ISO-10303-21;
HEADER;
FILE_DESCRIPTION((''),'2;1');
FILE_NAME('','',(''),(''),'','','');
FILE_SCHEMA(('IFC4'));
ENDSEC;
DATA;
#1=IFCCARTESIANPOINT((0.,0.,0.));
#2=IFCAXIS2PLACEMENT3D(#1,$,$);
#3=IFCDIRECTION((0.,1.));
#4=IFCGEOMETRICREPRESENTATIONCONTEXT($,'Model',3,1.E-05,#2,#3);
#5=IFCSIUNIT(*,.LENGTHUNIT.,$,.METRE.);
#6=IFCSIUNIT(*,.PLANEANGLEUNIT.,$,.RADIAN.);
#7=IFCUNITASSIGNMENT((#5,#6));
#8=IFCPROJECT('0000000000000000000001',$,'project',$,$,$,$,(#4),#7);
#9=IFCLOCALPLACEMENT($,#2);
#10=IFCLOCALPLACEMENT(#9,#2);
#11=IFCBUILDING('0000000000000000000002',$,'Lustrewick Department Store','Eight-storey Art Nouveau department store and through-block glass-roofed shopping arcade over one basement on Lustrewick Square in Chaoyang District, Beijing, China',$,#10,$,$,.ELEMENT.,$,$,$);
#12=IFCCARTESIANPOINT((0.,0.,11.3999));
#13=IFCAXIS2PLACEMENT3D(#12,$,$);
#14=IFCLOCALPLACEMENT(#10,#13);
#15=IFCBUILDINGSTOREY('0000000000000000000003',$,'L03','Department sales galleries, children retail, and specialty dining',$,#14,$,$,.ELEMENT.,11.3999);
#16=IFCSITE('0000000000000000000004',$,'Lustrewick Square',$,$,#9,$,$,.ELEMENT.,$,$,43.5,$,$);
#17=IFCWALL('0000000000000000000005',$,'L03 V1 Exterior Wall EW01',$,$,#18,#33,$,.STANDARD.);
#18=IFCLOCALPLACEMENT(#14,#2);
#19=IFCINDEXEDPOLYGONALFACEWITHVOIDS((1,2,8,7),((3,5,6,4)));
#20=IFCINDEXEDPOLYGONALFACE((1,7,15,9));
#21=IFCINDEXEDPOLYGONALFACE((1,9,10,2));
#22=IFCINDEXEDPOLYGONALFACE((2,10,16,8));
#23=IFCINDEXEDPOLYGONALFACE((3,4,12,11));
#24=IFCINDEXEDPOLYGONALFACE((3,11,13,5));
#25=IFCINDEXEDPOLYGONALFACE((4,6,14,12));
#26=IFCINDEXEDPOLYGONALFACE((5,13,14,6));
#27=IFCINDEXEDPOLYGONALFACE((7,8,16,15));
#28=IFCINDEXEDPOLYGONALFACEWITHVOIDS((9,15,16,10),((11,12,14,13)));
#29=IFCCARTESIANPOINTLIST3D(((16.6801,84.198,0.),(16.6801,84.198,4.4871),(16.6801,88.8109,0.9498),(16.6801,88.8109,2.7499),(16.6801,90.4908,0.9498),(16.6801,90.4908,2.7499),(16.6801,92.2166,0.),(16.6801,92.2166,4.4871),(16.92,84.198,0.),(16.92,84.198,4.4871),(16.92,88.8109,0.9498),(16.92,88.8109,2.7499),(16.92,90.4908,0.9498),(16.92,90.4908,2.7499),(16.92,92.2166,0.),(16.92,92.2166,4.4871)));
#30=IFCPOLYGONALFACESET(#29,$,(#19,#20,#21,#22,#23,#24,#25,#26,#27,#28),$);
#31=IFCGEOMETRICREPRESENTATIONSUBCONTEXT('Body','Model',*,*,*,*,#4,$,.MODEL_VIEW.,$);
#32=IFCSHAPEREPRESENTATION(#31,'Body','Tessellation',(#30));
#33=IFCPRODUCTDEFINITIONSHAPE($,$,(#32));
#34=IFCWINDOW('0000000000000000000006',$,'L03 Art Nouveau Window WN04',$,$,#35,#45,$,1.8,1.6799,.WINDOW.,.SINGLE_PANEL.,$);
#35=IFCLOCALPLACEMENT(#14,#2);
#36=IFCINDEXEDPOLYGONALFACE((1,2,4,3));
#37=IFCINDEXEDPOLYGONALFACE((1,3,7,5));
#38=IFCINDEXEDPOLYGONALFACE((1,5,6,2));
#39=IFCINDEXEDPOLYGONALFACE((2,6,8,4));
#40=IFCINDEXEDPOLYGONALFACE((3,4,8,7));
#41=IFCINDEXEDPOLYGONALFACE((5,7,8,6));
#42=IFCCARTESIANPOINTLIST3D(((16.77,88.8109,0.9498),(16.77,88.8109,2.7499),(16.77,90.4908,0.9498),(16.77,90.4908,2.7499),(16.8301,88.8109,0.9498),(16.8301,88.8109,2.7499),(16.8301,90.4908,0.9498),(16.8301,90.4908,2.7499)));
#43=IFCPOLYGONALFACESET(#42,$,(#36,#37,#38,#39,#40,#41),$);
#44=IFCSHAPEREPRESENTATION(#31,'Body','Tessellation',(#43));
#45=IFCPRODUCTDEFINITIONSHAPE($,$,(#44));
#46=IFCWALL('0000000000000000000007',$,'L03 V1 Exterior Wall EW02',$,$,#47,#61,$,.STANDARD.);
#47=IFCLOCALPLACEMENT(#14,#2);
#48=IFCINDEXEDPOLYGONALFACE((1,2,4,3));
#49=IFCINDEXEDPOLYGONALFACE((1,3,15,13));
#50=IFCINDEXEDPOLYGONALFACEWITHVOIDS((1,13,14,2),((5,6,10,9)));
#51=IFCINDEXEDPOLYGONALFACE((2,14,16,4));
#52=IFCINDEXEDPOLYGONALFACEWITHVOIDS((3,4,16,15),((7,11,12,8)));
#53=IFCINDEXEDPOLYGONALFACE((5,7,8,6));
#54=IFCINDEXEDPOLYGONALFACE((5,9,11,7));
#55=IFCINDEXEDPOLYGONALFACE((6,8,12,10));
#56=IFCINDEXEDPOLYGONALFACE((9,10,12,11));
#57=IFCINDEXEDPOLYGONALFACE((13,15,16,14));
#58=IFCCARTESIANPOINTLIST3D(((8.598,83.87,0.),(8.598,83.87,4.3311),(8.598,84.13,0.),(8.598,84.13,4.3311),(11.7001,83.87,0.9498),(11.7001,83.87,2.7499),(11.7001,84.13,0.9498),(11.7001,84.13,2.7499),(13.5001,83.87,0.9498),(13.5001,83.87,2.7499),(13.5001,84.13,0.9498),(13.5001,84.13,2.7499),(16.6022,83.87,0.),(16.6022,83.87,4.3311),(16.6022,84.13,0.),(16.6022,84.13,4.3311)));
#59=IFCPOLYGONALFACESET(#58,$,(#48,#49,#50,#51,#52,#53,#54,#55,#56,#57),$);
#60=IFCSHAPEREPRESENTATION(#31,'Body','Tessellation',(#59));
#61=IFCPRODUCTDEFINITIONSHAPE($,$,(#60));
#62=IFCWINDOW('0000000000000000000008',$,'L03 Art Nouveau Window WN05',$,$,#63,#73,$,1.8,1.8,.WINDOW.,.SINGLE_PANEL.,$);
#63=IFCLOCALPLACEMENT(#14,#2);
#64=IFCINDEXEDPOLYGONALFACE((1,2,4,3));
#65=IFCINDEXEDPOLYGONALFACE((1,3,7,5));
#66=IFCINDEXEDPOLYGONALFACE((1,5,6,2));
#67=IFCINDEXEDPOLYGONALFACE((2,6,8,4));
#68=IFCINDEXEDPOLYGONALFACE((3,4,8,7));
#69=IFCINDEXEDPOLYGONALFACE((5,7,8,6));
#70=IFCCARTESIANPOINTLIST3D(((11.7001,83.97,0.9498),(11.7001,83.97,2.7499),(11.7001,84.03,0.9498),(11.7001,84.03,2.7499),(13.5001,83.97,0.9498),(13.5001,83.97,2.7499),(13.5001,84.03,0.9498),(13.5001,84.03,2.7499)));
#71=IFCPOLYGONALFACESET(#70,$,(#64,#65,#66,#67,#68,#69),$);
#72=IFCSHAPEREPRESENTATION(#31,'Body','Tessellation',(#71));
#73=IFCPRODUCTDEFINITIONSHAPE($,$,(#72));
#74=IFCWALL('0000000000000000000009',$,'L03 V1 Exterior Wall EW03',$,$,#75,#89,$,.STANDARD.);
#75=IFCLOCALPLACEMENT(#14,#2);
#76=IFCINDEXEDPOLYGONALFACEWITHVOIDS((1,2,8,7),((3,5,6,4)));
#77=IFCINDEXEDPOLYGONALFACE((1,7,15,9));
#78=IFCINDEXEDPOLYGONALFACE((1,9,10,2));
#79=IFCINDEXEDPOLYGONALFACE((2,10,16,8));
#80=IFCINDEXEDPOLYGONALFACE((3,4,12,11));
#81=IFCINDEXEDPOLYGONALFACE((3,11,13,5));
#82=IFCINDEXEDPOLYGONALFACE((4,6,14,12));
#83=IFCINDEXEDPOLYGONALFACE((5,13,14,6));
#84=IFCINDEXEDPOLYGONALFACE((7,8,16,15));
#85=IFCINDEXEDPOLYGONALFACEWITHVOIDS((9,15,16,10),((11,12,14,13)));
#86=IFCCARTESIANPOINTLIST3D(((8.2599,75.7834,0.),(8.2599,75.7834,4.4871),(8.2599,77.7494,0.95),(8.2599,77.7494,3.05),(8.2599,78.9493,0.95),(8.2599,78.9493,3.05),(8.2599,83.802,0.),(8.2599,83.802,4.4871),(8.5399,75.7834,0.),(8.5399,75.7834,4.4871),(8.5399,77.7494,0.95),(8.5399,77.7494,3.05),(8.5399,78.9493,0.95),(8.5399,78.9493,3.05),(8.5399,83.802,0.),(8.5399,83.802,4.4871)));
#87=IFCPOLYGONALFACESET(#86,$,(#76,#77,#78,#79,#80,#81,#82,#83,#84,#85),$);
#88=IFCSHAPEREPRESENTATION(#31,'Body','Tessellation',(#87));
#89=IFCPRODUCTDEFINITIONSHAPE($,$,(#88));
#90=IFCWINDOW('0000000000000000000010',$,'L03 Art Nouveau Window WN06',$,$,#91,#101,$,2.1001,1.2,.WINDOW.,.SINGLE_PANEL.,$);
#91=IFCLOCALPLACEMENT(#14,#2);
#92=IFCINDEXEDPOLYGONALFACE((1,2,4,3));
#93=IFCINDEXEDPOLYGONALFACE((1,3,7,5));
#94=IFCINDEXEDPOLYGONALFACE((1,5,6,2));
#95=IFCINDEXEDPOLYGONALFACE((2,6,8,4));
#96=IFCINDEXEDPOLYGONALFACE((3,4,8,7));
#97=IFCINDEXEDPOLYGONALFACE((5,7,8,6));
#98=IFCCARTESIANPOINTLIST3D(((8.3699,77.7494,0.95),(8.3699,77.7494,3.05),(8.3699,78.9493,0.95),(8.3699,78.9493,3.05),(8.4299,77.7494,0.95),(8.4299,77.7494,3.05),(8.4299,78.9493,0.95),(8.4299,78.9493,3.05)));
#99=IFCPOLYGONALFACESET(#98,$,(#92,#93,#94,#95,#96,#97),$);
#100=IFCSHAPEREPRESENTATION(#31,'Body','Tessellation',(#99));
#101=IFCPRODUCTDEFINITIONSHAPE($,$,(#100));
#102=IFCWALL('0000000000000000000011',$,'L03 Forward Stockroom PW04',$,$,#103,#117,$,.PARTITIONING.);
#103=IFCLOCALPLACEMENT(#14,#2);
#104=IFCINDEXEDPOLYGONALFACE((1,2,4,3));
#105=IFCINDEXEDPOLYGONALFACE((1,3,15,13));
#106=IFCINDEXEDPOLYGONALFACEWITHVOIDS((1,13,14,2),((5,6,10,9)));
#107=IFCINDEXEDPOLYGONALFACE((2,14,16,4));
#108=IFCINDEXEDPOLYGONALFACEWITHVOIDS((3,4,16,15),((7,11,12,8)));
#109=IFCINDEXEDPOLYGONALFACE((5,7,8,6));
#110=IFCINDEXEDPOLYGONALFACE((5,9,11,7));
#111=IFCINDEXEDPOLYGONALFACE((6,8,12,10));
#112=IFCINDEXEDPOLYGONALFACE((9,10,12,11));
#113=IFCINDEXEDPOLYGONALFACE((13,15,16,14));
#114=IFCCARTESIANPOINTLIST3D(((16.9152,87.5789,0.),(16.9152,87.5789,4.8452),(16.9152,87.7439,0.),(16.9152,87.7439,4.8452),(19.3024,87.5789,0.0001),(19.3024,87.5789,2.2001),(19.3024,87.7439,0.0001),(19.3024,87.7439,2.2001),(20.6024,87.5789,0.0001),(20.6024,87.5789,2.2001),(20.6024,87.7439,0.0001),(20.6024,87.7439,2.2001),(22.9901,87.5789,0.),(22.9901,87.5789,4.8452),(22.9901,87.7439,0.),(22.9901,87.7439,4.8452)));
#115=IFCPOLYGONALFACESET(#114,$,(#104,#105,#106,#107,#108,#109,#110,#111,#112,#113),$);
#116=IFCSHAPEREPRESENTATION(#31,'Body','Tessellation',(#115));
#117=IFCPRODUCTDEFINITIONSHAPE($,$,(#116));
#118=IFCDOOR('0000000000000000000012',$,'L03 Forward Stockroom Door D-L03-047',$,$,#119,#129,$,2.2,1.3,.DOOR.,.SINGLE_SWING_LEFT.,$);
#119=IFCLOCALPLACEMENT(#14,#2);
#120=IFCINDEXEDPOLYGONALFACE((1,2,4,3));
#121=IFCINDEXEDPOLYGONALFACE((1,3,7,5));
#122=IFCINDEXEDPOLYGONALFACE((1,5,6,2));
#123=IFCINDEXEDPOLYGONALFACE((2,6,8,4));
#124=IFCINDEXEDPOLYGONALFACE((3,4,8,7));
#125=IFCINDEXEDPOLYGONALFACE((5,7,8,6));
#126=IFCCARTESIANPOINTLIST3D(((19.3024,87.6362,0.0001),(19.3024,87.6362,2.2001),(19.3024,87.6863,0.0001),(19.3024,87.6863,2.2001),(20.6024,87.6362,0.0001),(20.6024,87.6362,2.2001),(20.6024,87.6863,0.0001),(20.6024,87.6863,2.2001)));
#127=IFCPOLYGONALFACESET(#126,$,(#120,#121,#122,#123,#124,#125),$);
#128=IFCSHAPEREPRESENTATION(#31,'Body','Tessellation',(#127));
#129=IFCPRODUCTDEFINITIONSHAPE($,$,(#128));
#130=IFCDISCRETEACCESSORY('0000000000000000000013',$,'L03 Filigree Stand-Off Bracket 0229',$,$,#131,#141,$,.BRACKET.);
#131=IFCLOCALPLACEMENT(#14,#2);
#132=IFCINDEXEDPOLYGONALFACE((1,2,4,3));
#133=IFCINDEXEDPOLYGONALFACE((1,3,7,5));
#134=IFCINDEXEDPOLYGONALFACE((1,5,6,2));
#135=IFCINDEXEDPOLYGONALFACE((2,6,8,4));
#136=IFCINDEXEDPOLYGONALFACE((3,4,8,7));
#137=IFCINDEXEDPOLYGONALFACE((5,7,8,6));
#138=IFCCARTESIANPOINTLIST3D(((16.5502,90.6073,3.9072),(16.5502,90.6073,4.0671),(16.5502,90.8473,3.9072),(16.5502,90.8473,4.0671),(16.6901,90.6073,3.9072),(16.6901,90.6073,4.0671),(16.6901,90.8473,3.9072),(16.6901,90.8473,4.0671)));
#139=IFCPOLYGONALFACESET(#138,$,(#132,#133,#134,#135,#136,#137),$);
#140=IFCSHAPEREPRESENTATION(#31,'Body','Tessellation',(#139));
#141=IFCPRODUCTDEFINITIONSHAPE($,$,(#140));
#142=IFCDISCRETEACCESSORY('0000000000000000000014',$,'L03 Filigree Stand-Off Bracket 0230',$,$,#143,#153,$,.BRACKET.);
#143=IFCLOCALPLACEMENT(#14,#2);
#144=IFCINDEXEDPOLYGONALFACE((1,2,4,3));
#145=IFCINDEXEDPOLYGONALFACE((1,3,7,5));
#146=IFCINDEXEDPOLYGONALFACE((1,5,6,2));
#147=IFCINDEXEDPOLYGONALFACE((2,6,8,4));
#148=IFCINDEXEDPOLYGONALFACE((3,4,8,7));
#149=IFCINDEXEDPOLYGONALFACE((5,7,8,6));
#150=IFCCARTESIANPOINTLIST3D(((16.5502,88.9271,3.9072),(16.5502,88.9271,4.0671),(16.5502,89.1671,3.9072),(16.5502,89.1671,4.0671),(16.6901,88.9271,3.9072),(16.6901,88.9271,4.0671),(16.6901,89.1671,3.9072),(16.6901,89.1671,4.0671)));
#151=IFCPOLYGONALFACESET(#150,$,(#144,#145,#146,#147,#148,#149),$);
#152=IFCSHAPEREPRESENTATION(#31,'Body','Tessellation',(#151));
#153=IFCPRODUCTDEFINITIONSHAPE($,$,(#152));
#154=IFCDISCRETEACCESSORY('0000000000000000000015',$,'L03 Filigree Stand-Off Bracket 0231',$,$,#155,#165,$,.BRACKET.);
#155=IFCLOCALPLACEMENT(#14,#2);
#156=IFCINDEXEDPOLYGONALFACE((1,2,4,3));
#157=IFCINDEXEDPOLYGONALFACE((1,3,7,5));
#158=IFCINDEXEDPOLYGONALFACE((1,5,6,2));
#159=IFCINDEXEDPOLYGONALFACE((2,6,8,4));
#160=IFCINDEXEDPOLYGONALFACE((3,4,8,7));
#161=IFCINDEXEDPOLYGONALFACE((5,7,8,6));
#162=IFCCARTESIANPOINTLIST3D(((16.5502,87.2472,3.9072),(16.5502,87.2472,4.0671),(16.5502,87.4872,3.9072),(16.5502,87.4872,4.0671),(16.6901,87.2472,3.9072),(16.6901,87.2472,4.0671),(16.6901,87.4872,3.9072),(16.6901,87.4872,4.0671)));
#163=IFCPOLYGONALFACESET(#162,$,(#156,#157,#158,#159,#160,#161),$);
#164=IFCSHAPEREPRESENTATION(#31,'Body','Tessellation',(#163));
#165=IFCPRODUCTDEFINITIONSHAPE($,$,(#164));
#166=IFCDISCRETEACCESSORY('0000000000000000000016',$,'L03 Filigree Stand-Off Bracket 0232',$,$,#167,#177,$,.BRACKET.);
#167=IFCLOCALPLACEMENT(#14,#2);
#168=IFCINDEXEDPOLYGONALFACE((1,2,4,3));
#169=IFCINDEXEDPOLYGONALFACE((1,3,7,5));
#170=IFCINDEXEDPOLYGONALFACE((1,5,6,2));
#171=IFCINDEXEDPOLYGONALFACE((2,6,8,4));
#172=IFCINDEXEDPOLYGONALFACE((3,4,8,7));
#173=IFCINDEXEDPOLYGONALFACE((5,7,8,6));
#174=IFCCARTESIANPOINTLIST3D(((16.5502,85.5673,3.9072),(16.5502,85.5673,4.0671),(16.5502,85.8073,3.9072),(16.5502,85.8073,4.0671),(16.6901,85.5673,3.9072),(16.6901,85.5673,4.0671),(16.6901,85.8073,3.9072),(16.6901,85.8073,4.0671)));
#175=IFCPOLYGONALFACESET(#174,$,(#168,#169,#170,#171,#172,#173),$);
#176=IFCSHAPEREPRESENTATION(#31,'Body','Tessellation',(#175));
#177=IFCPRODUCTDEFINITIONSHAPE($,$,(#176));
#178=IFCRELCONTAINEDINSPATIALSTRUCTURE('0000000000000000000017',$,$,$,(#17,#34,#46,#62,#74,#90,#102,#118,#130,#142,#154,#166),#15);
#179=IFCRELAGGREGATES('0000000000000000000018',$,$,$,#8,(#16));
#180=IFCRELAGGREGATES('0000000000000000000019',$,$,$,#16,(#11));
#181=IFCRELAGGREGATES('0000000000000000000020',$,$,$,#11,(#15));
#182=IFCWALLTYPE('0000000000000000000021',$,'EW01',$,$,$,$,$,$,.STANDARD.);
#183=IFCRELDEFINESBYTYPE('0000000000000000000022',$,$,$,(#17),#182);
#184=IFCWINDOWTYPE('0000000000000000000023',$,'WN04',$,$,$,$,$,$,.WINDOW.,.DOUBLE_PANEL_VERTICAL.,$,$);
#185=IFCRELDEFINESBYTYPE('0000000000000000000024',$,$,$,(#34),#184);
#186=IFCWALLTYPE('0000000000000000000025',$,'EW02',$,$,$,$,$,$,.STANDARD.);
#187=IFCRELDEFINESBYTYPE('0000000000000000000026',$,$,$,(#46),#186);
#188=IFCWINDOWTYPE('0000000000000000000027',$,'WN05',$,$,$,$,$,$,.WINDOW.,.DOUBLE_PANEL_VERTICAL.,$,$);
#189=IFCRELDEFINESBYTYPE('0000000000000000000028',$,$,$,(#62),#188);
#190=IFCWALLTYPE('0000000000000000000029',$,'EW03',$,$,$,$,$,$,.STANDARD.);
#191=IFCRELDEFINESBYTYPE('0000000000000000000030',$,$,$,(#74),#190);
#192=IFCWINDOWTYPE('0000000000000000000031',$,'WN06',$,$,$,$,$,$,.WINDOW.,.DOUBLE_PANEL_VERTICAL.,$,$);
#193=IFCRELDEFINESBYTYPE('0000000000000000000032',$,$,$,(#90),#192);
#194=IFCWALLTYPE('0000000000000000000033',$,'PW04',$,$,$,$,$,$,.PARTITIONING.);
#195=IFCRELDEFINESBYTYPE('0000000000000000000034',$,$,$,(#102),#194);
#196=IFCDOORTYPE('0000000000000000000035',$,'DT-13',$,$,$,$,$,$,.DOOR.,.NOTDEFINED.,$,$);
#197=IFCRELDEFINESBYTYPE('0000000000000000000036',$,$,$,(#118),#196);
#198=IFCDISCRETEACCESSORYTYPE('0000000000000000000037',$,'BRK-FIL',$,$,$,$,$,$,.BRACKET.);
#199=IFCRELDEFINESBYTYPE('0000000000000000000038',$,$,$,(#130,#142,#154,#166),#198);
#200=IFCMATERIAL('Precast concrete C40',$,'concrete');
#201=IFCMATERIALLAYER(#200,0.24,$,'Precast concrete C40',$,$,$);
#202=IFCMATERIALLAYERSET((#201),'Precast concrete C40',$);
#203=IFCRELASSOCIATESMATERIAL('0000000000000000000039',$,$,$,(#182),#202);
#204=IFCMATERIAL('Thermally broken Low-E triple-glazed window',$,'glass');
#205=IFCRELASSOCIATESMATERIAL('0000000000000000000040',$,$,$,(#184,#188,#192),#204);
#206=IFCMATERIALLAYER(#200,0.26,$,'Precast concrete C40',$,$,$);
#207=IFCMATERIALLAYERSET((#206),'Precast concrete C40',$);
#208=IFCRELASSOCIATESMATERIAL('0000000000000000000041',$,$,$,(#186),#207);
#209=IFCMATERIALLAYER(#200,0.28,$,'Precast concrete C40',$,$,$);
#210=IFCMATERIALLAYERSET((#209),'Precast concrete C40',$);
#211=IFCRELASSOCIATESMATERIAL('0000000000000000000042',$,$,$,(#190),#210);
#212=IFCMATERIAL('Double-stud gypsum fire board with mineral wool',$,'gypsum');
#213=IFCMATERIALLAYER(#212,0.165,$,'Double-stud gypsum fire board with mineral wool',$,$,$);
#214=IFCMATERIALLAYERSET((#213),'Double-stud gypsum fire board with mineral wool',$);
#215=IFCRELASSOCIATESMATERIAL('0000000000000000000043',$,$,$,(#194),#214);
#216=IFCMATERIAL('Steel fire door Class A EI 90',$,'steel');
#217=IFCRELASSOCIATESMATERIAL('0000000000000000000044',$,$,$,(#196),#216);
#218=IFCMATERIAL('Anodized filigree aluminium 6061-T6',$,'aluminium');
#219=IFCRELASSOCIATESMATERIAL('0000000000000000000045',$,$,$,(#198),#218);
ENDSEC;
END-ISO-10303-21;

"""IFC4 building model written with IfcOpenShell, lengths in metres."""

from ifc_helpers import new_model, si_unit, direction, frame, frame_2d, origin, origin_2d, place, context, subcontext, project, spatial, rectangle, extrude, material, layer, layer_set, type_object, element, fill, save


model = new_model("IFC4")

# Units and contexts
model_context = context("Model", 3, precision=1e-05, world=origin(), true_north=direction((0.0, 1.0)))
body_context = subcontext(model_context, "Body", "Model", "MODEL_VIEW")
ifc_project = project(units=[si_unit("LENGTHUNIT", "METRE"), si_unit("PLANEANGLEUNIT", "RADIAN")], contexts=[model_context])

# Site, building, storey
site_placement = place(None, origin())
site = spatial("IfcSite", under=ifc_project, at=site_placement, Name="Lustrewick Square", CompositionType="ELEMENT", RefElevation=43.5)
building_placement = place(site_placement, origin())
building = spatial("IfcBuilding", under=site, at=building_placement, Name="Lustrewick Department Store", Description="Eight-storey Art Nouveau department store and through-block glass-roofed shopping arcade over one basement on Lustrewick Square in Chaoyang District, Beijing, China", CompositionType="ELEMENT")
storey_placement = place(building_placement, frame((0.0, 0.0, 11.3999)))
storey = spatial("IfcBuildingStorey", under=building, at=storey_placement, Name="L03", Description="Department sales galleries, children retail, and specialty dining", CompositionType="ELEMENT", Elevation=11.3999)

# Walls, openings, windows
ifc_material_1 = material(Name="Precast concrete C40", Category="concrete")
ifc_layer_1 = layer(ifc_material_1, 0.24, Name="Precast concrete C40")
ifc_layer_set_1 = layer_set([ifc_layer_1], Name="Precast concrete C40")
wall_type_1 = type_object("IfcWallType", Name="EW01", PredefinedType="STANDARD", material=ifc_layer_set_1)
wall_1_placement = place(storey_placement, frame((16.8, 92.2166, 0.0), z_axis=(0.0, 0.0, 1.0), x_axis=(0.0, -1.0, 0.0)))
wall_1 = element("IfcWall", 1, at=wall_1_placement, inside=storey, type_object=wall_type_1, Name="L03 V1 Exterior Wall EW01", PredefinedType="STANDARD", context=body_context, shape_type="SweptSolid", body=[
    extrude(rectangle(XDim=8.0186, YDim=0.24, at=frame_2d((4.0093, 0.0))), origin(), (0.0, 0.0, 1.0), 4.4871),
])
opening_1_placement = place(wall_1_placement, frame((1.7258, 0.0, 0.95)))
opening_1 = element("IfcOpeningElement", 2, at=opening_1_placement, cuts=wall_1, PredefinedType="OPENING", context=body_context, shape_type="SweptSolid", body=[
    extrude(rectangle(XDim=1.6799, YDim=1.8, at=frame_2d((0.8398, 0.8999))), frame((0.0, 0.1299, 0.0), z_axis=(0.0, -1.0, 0.0), x_axis=(1.0, 0.0, 0.0)), (0.0, 0.0, 1.0), 0.26),
])
ifc_material_2 = material(Name="Thermally broken Low-E triple-glazed window", Category="glass")
window_type_1 = type_object("IfcWindowType", Name="WN04", PartitioningType="DOUBLE_PANEL_VERTICAL", PredefinedType="WINDOW", material=ifc_material_2)
window_1_placement = place(opening_1_placement, origin())
window_1 = element("IfcWindow", 3, at=window_1_placement, inside=storey, type_object=window_type_1, Name="L03 Art Nouveau Window WN04", OverallHeight=1.8, OverallWidth=1.6799, PartitioningType="SINGLE_PANEL", PredefinedType="WINDOW", context=body_context, shape_type="SweptSolid", body=[
    extrude(rectangle(XDim=1.6799, YDim=1.8, at=frame_2d((0.8398, 0.8999))), frame((0.0, 0.03, 0.0), z_axis=(0.0, -1.0, 0.0), x_axis=(1.0, 0.0, 0.0)), (0.0, 0.0, 1.0), 0.0601),
])
fill(opening_1, window_1)
ifc_layer_2 = layer(ifc_material_1, 0.26, Name="Precast concrete C40")
ifc_layer_set_2 = layer_set([ifc_layer_2], Name="Precast concrete C40")
wall_type_2 = type_object("IfcWallType", Name="EW02", PredefinedType="STANDARD", material=ifc_layer_set_2)
wall_2_placement = place(storey_placement, frame((16.6021, 84.0, 0.0), z_axis=(0.0, 0.0, 1.0), x_axis=(-1.0, 0.0, 0.0)))
wall_2 = element("IfcWall", 4, at=wall_2_placement, inside=storey, type_object=wall_type_2, Name="L03 V1 Exterior Wall EW02", PredefinedType="STANDARD", context=body_context, shape_type="SweptSolid", body=[
    extrude(rectangle(XDim=8.0042, YDim=0.26, at=frame_2d((4.002, 0.0))), origin(), (0.0, 0.0, 1.0), 4.3311),
])
opening_2_placement = place(wall_2_placement, frame((3.1021, 0.0, 0.95)))
opening_2 = element("IfcOpeningElement", 5, at=opening_2_placement, cuts=wall_2, PredefinedType="OPENING", context=body_context, shape_type="SweptSolid", body=[
    extrude(rectangle(XDim=1.8, YDim=1.8, at=frame_2d((0.8999, 0.8999))), frame((0.0, 0.1401, 0.0), z_axis=(0.0, -1.0, 0.0), x_axis=(1.0, 0.0, 0.0)), (0.0, 0.0, 1.0), 0.28),
])
window_type_2 = type_object("IfcWindowType", Name="WN05", PartitioningType="DOUBLE_PANEL_VERTICAL", PredefinedType="WINDOW", material=ifc_material_2)
window_2_placement = place(opening_2_placement, origin())
window_2 = element("IfcWindow", 6, at=window_2_placement, inside=storey, type_object=window_type_2, Name="L03 Art Nouveau Window WN05", OverallHeight=1.8, OverallWidth=1.8, PartitioningType="SINGLE_PANEL", PredefinedType="WINDOW", context=body_context, shape_type="SweptSolid", body=[
    extrude(rectangle(XDim=1.8, YDim=1.8, at=frame_2d((0.8999, 0.8999))), frame((0.0, 0.03, 0.0), z_axis=(0.0, -1.0, 0.0), x_axis=(1.0, 0.0, 0.0)), (0.0, 0.0, 1.0), 0.0601),
])
fill(opening_2, window_2)
ifc_layer_3 = layer(ifc_material_1, 0.28, Name="Precast concrete C40")
ifc_layer_set_3 = layer_set([ifc_layer_3], Name="Precast concrete C40")
wall_type_3 = type_object("IfcWallType", Name="EW03", PredefinedType="STANDARD", material=ifc_layer_set_3)
wall_3_placement = place(storey_placement, frame((8.3999, 83.802, 0.0), z_axis=(0.0, 0.0, 1.0), x_axis=(0.0, -1.0, 0.0)))
wall_3 = element("IfcWall", 7, at=wall_3_placement, inside=storey, type_object=wall_type_3, Name="L03 V1 Exterior Wall EW03", PredefinedType="STANDARD", context=body_context, shape_type="SweptSolid", body=[
    extrude(rectangle(XDim=8.0186, YDim=0.28, at=frame_2d((4.0093, 0.0))), origin(), (0.0, 0.0, 1.0), 4.4871),
])
opening_3_placement = place(wall_3_placement, frame((4.8525, 0.0, 0.95)))
opening_3 = element("IfcOpeningElement", 8, at=opening_3_placement, cuts=wall_3, PredefinedType="OPENING", context=body_context, shape_type="SweptSolid", body=[
    extrude(rectangle(XDim=1.2, YDim=2.1001, at=frame_2d((0.6001, 1.05))), frame((0.0, 0.1499, 0.0), z_axis=(0.0, -1.0, 0.0), x_axis=(1.0, 0.0, 0.0)), (0.0, 0.0, 1.0), 0.3),
])
window_type_3 = type_object("IfcWindowType", Name="WN06", PartitioningType="DOUBLE_PANEL_VERTICAL", PredefinedType="WINDOW", material=ifc_material_2)
window_3_placement = place(opening_3_placement, origin())
window_3 = element("IfcWindow", 9, at=window_3_placement, inside=storey, type_object=window_type_3, Name="L03 Art Nouveau Window WN06", OverallHeight=2.1001, OverallWidth=1.2, PartitioningType="SINGLE_PANEL", PredefinedType="WINDOW", context=body_context, shape_type="SweptSolid", body=[
    extrude(rectangle(XDim=1.2, YDim=2.1001, at=frame_2d((0.6001, 1.05))), frame((0.0, 0.03, 0.0), z_axis=(0.0, -1.0, 0.0), x_axis=(1.0, 0.0, 0.0)), (0.0, 0.0, 1.0), 0.0601),
])
fill(opening_3, window_3)

# Wall, opening, door
ifc_material_3 = material(Name="Double-stud gypsum fire board with mineral wool", Category="gypsum")
ifc_layer_4 = layer(ifc_material_3, 0.165, Name="Double-stud gypsum fire board with mineral wool")
ifc_layer_set_4 = layer_set([ifc_layer_4], Name="Double-stud gypsum fire board with mineral wool")
wall_type_4 = type_object("IfcWallType", Name="PW04", PredefinedType="PARTITIONING", material=ifc_layer_set_4)
wall_4_placement = place(storey_placement, frame((16.915, 87.6614, 0.0), z_axis=(0.0, 0.0, 1.0), x_axis=(1.0, 0.0, 0.0)))
wall_4 = element("IfcWall", 10, at=wall_4_placement, inside=storey, type_object=wall_type_4, Name="L03 Forward Stockroom PW04", PredefinedType="PARTITIONING", context=body_context, shape_type="SweptSolid", body=[
    extrude(rectangle(XDim=6.075, YDim=0.165, at=frame_2d((3.0376, 0.0))), origin(), (0.0, 0.0, 1.0), 4.8452),
])
opening_4_placement = place(wall_4_placement, frame((2.3875, 0.0, 0.0)))
opening_4 = element("IfcOpeningElement", 11, at=opening_4_placement, cuts=wall_4, PredefinedType="OPENING", context=body_context, shape_type="SweptSolid", body=[
    extrude(rectangle(XDim=1.3, YDim=2.2, at=frame_2d((0.6499, 1.1001))), frame((0.0, 0.0925, 0.0), z_axis=(0.0, -1.0, 0.0), x_axis=(1.0, 0.0, 0.0)), (0.0, 0.0, 1.0), 0.1851),
])
ifc_material_4 = material(Name="Steel fire door Class A EI 90", Category="steel")
door_type = type_object("IfcDoorType", Name="DT-13", OperationType="NOTDEFINED", PredefinedType="DOOR", material=ifc_material_4)
door_placement = place(opening_4_placement, origin())
door = element("IfcDoor", 12, at=door_placement, inside=storey, type_object=door_type, Name="L03 Forward Stockroom Door D-L03-047", OperationType="SINGLE_SWING_LEFT", OverallHeight=2.2, OverallWidth=1.3, PredefinedType="DOOR", context=body_context, shape_type="SweptSolid", body=[
    extrude(rectangle(XDim=1.3, YDim=2.2, at=frame_2d((0.6499, 1.1001))), frame((0.0, 0.0249, 0.0), z_axis=(0.0, -1.0, 0.0), x_axis=(1.0, 0.0, 0.0)), (0.0, 0.0, 1.0), 0.05),
])
fill(opening_4, door)

# Discrete accessories
ifc_material_5 = material(Name="Anodized filigree aluminium 6061-T6", Category="aluminium")
discrete_accessory_type = type_object("IfcDiscreteAccessoryType", Name="BRK-FIL", PredefinedType="BRACKET", material=ifc_material_5)
for number, where, z_axis, x_axis, name in (
    (13, (16.6201, 90.7273, 3.9072), (0.0, 0.0, 1.0), (0.0, -1.0, 0.0), "L03 Filigree Stand-Off Bracket 0229"),
    (14, (16.6201, 89.0471, 3.9072), (0.0, 0.0, 1.0), (0.0, -1.0, 0.0), "L03 Filigree Stand-Off Bracket 0230"),
    (15, (16.6201, 87.3672, 3.9072), (0.0, 0.0, 1.0), (0.0, -1.0, 0.0), "L03 Filigree Stand-Off Bracket 0231"),
    (16, (16.6201, 85.6873, 3.9072), (0.0, 0.0, 1.0), (0.0, -1.0, 0.0), "L03 Filigree Stand-Off Bracket 0232"),
):
    element("IfcDiscreteAccessory", number, at=place(storey_placement, frame(where, z_axis=z_axis, x_axis=x_axis)), inside=storey, type_object=discrete_accessory_type, Name=name, PredefinedType="BRACKET", context=body_context, shape_type="SweptSolid", body=[
        extrude(rectangle(XDim=0.24, YDim=0.1399, at=origin_2d()), origin(), (0.0, 0.0, 1.0), 0.1599),
    ])

save(model, "model.ifc")
